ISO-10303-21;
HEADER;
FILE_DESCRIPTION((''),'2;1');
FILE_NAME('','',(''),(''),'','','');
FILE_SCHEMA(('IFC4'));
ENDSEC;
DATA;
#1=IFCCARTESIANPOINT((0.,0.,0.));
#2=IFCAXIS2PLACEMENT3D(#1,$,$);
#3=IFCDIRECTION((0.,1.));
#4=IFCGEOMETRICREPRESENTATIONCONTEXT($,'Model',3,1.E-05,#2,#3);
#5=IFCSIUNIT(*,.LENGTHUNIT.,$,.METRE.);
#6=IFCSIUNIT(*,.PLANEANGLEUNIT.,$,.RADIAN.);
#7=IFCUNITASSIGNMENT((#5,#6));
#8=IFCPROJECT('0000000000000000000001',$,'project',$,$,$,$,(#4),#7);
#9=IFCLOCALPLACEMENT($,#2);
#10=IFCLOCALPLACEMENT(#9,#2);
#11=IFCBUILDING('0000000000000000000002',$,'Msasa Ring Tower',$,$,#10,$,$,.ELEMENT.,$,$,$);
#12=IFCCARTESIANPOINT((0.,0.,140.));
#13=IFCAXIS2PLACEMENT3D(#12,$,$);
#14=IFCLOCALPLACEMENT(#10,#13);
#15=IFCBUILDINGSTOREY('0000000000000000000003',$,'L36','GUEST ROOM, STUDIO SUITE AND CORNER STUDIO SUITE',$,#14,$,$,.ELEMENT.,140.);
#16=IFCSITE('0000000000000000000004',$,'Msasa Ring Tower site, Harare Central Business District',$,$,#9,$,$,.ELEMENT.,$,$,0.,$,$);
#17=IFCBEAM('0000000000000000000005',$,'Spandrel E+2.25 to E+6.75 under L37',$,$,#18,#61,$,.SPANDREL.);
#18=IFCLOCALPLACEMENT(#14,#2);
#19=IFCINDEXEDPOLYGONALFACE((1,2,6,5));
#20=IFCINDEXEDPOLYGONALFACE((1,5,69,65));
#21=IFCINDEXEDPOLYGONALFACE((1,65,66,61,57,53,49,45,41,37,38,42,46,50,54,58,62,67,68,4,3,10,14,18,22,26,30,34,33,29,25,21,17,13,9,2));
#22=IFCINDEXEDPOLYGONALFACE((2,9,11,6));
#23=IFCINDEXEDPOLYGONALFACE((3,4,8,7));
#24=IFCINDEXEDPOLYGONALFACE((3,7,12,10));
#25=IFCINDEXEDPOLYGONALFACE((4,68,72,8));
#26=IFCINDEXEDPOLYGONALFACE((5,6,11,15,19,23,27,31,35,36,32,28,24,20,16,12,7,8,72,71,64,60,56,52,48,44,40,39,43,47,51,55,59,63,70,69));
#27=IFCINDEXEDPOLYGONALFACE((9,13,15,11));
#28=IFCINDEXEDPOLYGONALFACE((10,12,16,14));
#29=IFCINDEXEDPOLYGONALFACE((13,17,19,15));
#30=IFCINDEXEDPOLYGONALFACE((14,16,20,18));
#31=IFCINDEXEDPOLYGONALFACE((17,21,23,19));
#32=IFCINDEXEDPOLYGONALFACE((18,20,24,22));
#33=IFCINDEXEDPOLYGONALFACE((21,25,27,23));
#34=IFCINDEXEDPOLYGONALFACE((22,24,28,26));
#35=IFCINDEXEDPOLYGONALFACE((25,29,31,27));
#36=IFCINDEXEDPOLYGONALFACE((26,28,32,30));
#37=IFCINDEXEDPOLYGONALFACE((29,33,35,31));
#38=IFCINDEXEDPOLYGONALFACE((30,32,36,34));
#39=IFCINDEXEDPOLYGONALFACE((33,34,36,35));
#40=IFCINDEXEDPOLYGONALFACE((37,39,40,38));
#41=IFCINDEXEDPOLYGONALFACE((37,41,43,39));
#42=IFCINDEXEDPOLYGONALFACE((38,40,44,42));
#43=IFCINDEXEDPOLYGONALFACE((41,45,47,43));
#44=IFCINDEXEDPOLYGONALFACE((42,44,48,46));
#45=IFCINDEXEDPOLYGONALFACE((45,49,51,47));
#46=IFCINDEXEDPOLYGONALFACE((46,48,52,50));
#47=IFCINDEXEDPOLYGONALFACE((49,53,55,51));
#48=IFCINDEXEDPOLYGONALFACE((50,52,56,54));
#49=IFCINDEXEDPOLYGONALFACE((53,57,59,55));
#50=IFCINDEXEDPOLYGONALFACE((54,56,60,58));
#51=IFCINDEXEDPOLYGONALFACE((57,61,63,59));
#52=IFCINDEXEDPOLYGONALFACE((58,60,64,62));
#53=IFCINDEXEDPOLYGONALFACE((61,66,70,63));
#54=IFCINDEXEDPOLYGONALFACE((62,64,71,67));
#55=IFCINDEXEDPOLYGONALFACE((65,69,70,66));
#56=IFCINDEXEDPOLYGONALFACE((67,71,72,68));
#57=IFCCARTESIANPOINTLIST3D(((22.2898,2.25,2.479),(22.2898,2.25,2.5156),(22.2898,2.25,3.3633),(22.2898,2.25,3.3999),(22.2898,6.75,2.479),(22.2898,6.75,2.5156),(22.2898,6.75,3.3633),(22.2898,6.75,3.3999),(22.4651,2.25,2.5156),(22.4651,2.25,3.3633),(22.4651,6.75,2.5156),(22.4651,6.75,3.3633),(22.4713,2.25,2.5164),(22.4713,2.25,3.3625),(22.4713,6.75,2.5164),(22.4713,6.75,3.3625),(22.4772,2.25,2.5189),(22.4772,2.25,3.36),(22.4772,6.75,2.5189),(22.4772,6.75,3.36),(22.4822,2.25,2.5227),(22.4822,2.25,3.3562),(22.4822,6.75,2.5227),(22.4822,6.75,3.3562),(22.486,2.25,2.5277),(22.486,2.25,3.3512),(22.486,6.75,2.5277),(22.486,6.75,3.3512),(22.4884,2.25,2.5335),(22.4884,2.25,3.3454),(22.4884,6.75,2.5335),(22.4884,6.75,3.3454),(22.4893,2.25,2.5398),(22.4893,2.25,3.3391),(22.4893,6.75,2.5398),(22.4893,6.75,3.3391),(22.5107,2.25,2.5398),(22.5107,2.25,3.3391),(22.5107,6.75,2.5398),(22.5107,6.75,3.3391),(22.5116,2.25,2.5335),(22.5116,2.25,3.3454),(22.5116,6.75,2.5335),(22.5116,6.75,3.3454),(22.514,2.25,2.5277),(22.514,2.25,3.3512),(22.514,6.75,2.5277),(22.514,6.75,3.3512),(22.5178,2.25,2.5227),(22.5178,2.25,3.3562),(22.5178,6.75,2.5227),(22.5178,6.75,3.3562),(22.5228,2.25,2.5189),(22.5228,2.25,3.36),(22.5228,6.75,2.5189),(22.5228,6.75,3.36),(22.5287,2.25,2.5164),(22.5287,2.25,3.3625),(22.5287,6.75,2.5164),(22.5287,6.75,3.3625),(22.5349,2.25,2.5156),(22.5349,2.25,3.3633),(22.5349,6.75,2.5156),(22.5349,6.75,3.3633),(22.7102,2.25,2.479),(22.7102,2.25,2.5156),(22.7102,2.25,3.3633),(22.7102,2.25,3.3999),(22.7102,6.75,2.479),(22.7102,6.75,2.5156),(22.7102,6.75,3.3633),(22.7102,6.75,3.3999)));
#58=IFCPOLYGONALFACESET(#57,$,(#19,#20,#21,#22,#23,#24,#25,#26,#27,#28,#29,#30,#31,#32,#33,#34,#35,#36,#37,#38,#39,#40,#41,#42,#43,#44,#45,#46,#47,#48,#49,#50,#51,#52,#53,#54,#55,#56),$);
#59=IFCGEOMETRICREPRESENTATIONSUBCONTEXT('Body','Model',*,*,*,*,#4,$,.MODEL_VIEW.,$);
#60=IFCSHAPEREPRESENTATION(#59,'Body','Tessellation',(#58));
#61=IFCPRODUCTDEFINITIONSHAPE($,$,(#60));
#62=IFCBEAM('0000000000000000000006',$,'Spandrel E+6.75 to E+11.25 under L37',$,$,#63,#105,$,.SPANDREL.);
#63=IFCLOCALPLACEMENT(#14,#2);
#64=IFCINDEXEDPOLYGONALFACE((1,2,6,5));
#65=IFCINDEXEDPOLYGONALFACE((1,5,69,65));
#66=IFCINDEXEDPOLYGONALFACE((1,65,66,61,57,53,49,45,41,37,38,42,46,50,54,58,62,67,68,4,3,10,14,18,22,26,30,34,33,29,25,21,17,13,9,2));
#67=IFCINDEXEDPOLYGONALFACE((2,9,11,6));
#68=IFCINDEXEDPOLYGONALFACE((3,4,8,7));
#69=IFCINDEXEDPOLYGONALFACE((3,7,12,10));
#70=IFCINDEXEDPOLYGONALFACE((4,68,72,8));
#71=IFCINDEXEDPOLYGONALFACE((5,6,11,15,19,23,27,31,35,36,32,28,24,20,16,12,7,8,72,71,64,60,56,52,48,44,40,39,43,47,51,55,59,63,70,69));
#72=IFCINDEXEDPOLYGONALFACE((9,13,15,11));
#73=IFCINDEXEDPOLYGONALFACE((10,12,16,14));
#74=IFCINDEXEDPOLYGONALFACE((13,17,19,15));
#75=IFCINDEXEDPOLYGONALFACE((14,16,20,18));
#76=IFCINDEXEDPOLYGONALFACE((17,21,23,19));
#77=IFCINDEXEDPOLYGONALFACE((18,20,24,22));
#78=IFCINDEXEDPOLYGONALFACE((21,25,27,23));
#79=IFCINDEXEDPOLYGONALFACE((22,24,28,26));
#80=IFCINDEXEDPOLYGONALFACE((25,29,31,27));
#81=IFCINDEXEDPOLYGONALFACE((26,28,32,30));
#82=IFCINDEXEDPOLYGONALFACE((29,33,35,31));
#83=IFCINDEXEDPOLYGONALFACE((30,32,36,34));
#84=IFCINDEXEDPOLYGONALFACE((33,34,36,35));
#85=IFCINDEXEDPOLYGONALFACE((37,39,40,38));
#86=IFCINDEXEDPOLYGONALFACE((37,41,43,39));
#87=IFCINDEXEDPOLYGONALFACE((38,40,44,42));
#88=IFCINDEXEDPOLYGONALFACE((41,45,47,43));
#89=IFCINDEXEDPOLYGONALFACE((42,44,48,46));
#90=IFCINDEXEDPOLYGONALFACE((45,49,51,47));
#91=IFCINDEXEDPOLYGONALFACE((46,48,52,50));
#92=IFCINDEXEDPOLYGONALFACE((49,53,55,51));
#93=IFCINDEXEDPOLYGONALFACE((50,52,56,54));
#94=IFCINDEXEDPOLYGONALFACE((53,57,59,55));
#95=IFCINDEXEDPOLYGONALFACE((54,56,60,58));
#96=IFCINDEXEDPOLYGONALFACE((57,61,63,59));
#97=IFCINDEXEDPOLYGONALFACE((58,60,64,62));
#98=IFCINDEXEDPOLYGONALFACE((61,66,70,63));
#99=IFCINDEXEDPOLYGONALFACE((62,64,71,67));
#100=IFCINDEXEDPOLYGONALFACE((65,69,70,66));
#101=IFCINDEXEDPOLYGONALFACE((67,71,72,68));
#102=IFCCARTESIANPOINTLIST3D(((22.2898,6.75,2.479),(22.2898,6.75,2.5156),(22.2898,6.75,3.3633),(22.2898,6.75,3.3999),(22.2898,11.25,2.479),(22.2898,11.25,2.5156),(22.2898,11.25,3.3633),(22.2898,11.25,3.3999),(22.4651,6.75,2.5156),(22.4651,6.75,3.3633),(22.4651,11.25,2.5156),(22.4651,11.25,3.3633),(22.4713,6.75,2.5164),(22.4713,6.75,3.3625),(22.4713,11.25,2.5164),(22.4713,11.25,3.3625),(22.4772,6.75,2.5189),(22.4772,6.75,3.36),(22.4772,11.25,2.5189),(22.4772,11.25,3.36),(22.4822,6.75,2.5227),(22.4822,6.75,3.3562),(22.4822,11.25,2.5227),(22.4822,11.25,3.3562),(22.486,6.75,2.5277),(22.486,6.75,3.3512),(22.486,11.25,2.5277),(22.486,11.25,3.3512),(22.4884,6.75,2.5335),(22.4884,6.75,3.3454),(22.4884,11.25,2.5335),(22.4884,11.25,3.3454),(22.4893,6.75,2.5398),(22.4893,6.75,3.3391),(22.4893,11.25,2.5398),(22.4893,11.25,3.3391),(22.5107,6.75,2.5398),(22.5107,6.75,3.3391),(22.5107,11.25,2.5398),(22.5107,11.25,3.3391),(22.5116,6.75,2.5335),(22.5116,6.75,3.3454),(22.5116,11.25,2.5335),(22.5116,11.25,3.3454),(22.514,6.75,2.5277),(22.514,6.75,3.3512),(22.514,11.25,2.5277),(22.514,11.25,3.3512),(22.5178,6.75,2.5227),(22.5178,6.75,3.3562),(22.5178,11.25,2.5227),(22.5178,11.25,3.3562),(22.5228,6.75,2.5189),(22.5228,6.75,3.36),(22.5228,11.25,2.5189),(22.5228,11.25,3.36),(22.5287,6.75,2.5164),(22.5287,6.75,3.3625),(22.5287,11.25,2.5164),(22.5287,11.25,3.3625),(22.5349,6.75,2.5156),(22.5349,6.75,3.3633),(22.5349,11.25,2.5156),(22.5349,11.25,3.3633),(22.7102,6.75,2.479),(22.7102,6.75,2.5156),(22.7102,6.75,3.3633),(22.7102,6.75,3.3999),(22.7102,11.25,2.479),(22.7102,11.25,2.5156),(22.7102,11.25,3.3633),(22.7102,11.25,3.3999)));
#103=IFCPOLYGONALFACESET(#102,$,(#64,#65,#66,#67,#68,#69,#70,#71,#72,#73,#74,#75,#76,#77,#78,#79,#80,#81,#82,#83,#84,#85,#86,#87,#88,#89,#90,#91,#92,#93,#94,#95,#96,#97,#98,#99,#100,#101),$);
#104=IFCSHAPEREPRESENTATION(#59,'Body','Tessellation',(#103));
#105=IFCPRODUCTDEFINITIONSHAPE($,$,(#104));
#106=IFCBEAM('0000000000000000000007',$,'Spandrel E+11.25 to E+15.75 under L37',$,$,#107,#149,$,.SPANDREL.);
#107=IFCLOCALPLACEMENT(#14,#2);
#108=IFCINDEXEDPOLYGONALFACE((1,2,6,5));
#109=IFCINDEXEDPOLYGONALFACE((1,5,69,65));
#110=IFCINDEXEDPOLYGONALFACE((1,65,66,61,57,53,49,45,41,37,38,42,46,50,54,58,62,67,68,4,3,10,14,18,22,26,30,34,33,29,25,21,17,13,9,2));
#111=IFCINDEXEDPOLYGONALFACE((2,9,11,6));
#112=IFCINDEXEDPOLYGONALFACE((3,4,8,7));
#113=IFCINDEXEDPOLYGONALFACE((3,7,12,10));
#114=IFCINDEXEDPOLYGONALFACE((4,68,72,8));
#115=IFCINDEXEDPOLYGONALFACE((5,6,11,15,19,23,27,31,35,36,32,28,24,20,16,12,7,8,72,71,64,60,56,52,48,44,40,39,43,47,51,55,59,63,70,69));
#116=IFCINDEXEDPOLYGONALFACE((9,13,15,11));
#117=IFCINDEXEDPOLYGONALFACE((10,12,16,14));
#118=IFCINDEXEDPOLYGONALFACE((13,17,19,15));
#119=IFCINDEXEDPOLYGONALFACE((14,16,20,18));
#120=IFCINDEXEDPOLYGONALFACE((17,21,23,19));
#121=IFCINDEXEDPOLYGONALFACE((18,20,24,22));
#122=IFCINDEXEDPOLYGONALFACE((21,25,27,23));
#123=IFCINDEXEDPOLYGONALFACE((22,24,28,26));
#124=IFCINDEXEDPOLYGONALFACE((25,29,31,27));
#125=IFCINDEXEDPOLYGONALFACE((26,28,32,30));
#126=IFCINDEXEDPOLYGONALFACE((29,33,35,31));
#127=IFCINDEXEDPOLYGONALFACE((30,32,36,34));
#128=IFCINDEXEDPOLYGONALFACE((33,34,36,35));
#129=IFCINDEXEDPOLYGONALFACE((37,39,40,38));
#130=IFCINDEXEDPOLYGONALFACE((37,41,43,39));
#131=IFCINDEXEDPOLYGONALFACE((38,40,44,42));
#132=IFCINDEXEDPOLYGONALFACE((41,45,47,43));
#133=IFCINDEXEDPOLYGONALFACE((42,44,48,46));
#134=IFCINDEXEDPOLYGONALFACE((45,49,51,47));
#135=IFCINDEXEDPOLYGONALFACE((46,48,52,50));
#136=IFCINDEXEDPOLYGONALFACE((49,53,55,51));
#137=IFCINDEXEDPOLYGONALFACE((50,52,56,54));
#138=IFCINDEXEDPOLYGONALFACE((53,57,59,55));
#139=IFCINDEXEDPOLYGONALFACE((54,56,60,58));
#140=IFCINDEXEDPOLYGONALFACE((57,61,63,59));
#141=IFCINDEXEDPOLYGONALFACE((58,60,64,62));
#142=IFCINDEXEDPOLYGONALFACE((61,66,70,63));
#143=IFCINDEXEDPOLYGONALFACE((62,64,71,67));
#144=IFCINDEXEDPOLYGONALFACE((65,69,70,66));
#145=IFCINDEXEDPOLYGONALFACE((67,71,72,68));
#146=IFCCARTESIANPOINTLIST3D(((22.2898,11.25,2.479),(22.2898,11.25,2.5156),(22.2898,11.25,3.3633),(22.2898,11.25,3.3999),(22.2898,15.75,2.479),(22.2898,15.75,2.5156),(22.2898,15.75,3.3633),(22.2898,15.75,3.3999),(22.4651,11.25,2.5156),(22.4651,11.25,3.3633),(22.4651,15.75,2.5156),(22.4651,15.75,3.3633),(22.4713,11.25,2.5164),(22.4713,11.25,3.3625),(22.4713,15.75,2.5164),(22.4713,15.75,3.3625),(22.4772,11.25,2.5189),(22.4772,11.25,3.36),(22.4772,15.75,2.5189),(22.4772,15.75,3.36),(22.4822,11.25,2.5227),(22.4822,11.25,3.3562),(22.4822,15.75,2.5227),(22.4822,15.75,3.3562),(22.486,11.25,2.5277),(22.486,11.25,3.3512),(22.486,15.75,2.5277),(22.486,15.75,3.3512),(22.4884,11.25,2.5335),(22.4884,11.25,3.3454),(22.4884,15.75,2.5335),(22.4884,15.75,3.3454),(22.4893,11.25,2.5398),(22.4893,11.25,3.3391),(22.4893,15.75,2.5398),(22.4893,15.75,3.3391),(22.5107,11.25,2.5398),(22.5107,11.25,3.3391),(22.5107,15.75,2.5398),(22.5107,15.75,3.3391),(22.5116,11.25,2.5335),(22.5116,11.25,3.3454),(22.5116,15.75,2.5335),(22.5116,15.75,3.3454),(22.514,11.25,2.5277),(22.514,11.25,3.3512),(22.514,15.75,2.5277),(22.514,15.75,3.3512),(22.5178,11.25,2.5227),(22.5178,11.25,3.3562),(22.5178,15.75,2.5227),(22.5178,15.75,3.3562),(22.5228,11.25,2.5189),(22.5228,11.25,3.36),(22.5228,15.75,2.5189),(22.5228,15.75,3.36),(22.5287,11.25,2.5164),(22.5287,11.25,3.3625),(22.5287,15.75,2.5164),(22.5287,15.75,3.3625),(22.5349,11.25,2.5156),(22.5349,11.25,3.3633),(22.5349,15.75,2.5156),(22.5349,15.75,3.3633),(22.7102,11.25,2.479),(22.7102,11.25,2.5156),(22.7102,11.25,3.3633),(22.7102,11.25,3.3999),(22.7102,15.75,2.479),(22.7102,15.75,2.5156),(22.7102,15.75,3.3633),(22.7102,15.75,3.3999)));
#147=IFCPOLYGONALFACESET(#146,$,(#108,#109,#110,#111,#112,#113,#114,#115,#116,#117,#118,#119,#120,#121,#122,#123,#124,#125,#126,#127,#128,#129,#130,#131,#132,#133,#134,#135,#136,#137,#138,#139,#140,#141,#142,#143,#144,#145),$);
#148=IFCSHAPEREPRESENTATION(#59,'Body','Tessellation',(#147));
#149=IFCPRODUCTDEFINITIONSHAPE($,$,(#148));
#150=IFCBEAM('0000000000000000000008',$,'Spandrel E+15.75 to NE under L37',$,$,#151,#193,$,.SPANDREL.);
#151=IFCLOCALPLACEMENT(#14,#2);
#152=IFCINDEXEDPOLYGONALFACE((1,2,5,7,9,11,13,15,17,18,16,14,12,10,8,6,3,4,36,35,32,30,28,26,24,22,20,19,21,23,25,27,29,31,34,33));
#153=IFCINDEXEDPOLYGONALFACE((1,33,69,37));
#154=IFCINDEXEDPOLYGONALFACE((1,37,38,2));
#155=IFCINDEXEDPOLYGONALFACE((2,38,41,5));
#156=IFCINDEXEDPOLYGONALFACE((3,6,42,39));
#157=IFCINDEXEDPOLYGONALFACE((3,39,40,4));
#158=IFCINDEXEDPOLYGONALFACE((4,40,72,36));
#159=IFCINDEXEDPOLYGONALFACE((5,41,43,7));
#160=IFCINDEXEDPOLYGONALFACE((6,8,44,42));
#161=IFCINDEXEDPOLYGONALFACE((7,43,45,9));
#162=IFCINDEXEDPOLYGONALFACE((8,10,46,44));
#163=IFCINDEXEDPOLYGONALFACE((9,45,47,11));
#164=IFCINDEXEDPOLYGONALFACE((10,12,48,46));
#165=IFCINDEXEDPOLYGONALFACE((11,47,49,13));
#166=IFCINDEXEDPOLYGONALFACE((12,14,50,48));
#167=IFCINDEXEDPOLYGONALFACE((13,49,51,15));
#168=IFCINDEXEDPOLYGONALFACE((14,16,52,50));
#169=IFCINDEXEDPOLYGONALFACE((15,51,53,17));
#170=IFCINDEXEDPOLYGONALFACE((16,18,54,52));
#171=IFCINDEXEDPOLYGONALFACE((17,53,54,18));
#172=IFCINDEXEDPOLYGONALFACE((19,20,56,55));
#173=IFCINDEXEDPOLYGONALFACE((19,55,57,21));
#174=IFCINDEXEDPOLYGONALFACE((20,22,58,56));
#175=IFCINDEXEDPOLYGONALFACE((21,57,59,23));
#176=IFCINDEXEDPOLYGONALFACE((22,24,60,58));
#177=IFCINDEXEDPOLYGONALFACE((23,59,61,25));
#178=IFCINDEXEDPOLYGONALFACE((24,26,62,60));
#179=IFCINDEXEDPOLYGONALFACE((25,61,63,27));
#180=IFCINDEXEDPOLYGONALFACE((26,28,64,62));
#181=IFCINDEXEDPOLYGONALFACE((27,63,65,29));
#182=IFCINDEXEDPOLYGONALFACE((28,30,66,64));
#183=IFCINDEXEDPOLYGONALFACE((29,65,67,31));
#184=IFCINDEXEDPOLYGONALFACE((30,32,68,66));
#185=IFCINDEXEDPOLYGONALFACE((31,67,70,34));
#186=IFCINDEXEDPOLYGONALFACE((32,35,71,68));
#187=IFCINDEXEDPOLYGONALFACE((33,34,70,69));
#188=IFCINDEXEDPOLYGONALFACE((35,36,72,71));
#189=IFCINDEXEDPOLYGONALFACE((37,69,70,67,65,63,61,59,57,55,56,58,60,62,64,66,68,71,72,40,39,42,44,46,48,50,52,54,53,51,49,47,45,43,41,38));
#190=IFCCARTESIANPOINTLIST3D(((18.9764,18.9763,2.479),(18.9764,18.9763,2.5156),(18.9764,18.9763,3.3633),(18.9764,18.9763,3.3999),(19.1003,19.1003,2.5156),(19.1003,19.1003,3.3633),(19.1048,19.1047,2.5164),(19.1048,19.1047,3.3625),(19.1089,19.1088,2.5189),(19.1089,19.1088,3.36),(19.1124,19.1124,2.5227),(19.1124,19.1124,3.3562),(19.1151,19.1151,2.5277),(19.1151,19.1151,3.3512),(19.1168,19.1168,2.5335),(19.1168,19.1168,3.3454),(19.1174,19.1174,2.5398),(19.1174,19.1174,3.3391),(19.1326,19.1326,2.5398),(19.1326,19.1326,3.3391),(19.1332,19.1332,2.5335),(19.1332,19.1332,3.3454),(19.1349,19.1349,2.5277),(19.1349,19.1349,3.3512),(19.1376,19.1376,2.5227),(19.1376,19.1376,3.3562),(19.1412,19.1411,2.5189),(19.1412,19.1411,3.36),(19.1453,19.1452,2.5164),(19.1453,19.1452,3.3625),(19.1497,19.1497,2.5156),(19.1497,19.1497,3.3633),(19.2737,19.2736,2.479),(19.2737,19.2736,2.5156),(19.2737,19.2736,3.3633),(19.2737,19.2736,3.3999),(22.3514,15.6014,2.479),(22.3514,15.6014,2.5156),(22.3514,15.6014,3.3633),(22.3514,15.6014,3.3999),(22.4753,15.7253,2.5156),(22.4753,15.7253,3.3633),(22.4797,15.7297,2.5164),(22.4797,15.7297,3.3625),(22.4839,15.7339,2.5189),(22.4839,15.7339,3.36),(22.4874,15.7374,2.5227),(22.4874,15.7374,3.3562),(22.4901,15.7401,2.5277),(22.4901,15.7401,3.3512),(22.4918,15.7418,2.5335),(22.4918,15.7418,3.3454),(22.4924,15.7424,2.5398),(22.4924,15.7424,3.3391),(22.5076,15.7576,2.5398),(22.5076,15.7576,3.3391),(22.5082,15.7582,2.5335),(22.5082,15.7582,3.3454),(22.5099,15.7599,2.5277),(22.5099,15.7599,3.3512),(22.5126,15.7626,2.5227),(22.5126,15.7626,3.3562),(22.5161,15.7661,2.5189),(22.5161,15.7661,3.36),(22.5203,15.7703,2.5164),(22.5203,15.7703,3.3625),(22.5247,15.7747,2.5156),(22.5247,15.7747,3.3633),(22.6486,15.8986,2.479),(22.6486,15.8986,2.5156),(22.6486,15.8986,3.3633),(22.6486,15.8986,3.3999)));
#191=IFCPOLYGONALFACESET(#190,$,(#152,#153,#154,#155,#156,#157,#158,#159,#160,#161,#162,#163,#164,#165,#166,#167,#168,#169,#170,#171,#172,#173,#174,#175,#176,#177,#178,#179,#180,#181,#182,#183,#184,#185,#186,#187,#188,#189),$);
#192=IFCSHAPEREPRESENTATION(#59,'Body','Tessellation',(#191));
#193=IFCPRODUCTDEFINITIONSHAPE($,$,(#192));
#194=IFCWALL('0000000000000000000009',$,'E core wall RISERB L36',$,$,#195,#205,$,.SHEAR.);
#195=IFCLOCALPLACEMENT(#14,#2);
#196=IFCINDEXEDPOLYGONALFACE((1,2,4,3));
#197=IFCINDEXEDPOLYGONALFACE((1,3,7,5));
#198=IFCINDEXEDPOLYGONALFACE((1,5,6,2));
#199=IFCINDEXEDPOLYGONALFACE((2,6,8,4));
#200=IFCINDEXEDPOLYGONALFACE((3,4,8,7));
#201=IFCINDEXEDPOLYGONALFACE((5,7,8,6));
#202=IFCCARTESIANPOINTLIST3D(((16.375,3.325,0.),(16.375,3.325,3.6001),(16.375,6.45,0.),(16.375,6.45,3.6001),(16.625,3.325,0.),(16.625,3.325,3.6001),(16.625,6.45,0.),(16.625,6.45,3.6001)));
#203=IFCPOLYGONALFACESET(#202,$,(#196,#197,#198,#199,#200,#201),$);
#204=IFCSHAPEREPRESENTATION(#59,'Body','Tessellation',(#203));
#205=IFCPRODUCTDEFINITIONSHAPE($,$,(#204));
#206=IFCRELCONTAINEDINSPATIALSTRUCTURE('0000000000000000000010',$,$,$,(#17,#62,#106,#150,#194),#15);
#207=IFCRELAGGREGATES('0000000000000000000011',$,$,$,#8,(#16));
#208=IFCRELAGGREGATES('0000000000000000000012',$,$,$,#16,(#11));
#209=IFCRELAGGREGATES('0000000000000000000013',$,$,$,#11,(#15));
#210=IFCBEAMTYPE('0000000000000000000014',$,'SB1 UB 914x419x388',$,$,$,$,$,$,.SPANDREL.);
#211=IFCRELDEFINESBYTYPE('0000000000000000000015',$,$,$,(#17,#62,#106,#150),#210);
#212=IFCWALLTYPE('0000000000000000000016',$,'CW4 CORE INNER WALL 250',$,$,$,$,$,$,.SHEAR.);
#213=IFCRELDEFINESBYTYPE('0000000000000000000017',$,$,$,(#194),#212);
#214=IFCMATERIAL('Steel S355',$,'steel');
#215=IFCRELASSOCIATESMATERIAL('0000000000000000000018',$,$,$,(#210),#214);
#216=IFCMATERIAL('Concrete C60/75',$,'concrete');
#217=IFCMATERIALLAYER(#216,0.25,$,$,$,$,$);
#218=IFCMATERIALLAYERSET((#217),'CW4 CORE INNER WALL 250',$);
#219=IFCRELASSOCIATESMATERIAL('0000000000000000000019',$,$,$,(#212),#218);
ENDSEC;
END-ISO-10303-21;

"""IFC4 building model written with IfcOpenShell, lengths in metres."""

from ifc_helpers import new_model, si_unit, direction, frame, frame_2d, origin, origin_2d, place, context, subcontext, project, spatial, rectangle, i_section, extrude, material, layer, layer_set, material_profile, profile_set, type_object, element, save


model = new_model("IFC4")

# Units and contexts
model_context = context("Model", 3, precision=1e-05, world=origin(), true_north=direction((0.0, 1.0)))
body_context = subcontext(model_context, "Body", "Model", "MODEL_VIEW")
ifc_project = project(units=[si_unit("LENGTHUNIT", "METRE"), si_unit("PLANEANGLEUNIT", "RADIAN")], contexts=[model_context])

# Site, building, storey
site_placement = place(None, origin())
site = spatial("IfcSite", under=ifc_project, at=site_placement, Name="Msasa Ring Tower site, Harare Central Business District", CompositionType="ELEMENT", RefElevation=0.0)
building_placement = place(site_placement, origin())
building = spatial("IfcBuilding", under=site, at=building_placement, Name="Msasa Ring Tower", CompositionType="ELEMENT")
storey_placement = place(building_placement, frame((0.0, 0.0, 140.0)))
storey = spatial("IfcBuildingStorey", under=building, at=storey_placement, Name="L36", Description="GUEST ROOM, STUDIO SUITE AND CORNER STUDIO SUITE", CompositionType="ELEMENT", Elevation=140.0)

# Beams
ifc_material_1 = material(Name="Steel S355", Category="steel")
ifc_material_profile_1 = material_profile(ifc_material_1, i_section(OverallWidth=0.4204, OverallDepth=0.9209, WebThickness=0.0215, FlangeThickness=0.0366, FilletRadius=0.0242, at=origin_2d()), Name="UB 914x419x388")
ifc_profile_set_1 = profile_set([ifc_material_profile_1], Name="Steel S355")
beam_type_1 = type_object("IfcBeamType", Name="SB1 UB 914x419x388", PredefinedType="SPANDREL", material=ifc_profile_set_1)
for number, where, z_axis, x_axis, name in (
    (1, (22.5, 2.25, 2.9395), (0.0, 1.0, 0.0), (-1.0, 0.0, 0.0), "Spandrel E+2.25 to E+6.75 under L37"),
    (2, (22.5, 6.75, 2.9395), (0.0, 1.0, 0.0), (-1.0, 0.0, 0.0), "Spandrel E+6.75 to E+11.25 under L37"),
    (3, (22.5, 11.25, 2.9395), (0.0, 1.0, 0.0), (-1.0, 0.0, 0.0), "Spandrel E+11.25 to E+15.75 under L37"),
):
    element("IfcBeam", number, at=place(storey_placement, frame(where, z_axis=z_axis, x_axis=x_axis)), inside=storey, type_object=beam_type_1, Name=name, PredefinedType="SPANDREL", context=body_context, shape_type="SweptSolid", body=[
        extrude(i_section(OverallWidth=0.4204, OverallDepth=0.9209, WebThickness=0.0215, FlangeThickness=0.0366, FilletRadius=0.0242, at=origin_2d()), origin(), (0.0, 0.0, 1.0), 4.5),
    ])
beam_1_placement = place(storey_placement, frame((22.5, 15.75, 2.9395), z_axis=(-0.707107, 0.707107, 0.0), x_axis=(-0.707107, -0.707107, 0.0)))
element("IfcBeam", 4, at=beam_1_placement, inside=storey, type_object=beam_type_1, Name="Spandrel E+15.75 to NE under L37", PredefinedType="SPANDREL", context=body_context, shape_type="SweptSolid", body=[
    extrude(i_section(OverallWidth=0.4204, OverallDepth=0.9209, WebThickness=0.0215, FlangeThickness=0.0366, FilletRadius=0.0242, at=origin_2d()), origin(), (0.0, 0.0, 1.0), 4.7729),
])

# Wall
ifc_material_2 = material(Name="Concrete C60/75", Category="concrete")
ifc_layer_1 = layer(ifc_material_2, 0.25)
ifc_layer_set_1 = layer_set([ifc_layer_1], Name="CW4 CORE INNER WALL 250")
wall_type_1 = type_object("IfcWallType", Name="CW4 CORE INNER WALL 250", PredefinedType="SHEAR", material=ifc_layer_set_1)
wall_1_placement = place(storey_placement, frame((16.5, 3.325, 0.0), z_axis=(0.0, 0.0, 1.0), x_axis=(0.0, 1.0, 0.0)))
element("IfcWall", 5, at=wall_1_placement, inside=storey, type_object=wall_type_1, Name="E core wall RISERB L36", PredefinedType="SHEAR", context=body_context, shape_type="SweptSolid", body=[
    extrude(rectangle(XDim=3.125, YDim=0.25, at=frame_2d((1.5625, 0.0))), origin(), (0.0, 0.0, 1.0), 3.6001),
])

save(model, "model.ifc")
